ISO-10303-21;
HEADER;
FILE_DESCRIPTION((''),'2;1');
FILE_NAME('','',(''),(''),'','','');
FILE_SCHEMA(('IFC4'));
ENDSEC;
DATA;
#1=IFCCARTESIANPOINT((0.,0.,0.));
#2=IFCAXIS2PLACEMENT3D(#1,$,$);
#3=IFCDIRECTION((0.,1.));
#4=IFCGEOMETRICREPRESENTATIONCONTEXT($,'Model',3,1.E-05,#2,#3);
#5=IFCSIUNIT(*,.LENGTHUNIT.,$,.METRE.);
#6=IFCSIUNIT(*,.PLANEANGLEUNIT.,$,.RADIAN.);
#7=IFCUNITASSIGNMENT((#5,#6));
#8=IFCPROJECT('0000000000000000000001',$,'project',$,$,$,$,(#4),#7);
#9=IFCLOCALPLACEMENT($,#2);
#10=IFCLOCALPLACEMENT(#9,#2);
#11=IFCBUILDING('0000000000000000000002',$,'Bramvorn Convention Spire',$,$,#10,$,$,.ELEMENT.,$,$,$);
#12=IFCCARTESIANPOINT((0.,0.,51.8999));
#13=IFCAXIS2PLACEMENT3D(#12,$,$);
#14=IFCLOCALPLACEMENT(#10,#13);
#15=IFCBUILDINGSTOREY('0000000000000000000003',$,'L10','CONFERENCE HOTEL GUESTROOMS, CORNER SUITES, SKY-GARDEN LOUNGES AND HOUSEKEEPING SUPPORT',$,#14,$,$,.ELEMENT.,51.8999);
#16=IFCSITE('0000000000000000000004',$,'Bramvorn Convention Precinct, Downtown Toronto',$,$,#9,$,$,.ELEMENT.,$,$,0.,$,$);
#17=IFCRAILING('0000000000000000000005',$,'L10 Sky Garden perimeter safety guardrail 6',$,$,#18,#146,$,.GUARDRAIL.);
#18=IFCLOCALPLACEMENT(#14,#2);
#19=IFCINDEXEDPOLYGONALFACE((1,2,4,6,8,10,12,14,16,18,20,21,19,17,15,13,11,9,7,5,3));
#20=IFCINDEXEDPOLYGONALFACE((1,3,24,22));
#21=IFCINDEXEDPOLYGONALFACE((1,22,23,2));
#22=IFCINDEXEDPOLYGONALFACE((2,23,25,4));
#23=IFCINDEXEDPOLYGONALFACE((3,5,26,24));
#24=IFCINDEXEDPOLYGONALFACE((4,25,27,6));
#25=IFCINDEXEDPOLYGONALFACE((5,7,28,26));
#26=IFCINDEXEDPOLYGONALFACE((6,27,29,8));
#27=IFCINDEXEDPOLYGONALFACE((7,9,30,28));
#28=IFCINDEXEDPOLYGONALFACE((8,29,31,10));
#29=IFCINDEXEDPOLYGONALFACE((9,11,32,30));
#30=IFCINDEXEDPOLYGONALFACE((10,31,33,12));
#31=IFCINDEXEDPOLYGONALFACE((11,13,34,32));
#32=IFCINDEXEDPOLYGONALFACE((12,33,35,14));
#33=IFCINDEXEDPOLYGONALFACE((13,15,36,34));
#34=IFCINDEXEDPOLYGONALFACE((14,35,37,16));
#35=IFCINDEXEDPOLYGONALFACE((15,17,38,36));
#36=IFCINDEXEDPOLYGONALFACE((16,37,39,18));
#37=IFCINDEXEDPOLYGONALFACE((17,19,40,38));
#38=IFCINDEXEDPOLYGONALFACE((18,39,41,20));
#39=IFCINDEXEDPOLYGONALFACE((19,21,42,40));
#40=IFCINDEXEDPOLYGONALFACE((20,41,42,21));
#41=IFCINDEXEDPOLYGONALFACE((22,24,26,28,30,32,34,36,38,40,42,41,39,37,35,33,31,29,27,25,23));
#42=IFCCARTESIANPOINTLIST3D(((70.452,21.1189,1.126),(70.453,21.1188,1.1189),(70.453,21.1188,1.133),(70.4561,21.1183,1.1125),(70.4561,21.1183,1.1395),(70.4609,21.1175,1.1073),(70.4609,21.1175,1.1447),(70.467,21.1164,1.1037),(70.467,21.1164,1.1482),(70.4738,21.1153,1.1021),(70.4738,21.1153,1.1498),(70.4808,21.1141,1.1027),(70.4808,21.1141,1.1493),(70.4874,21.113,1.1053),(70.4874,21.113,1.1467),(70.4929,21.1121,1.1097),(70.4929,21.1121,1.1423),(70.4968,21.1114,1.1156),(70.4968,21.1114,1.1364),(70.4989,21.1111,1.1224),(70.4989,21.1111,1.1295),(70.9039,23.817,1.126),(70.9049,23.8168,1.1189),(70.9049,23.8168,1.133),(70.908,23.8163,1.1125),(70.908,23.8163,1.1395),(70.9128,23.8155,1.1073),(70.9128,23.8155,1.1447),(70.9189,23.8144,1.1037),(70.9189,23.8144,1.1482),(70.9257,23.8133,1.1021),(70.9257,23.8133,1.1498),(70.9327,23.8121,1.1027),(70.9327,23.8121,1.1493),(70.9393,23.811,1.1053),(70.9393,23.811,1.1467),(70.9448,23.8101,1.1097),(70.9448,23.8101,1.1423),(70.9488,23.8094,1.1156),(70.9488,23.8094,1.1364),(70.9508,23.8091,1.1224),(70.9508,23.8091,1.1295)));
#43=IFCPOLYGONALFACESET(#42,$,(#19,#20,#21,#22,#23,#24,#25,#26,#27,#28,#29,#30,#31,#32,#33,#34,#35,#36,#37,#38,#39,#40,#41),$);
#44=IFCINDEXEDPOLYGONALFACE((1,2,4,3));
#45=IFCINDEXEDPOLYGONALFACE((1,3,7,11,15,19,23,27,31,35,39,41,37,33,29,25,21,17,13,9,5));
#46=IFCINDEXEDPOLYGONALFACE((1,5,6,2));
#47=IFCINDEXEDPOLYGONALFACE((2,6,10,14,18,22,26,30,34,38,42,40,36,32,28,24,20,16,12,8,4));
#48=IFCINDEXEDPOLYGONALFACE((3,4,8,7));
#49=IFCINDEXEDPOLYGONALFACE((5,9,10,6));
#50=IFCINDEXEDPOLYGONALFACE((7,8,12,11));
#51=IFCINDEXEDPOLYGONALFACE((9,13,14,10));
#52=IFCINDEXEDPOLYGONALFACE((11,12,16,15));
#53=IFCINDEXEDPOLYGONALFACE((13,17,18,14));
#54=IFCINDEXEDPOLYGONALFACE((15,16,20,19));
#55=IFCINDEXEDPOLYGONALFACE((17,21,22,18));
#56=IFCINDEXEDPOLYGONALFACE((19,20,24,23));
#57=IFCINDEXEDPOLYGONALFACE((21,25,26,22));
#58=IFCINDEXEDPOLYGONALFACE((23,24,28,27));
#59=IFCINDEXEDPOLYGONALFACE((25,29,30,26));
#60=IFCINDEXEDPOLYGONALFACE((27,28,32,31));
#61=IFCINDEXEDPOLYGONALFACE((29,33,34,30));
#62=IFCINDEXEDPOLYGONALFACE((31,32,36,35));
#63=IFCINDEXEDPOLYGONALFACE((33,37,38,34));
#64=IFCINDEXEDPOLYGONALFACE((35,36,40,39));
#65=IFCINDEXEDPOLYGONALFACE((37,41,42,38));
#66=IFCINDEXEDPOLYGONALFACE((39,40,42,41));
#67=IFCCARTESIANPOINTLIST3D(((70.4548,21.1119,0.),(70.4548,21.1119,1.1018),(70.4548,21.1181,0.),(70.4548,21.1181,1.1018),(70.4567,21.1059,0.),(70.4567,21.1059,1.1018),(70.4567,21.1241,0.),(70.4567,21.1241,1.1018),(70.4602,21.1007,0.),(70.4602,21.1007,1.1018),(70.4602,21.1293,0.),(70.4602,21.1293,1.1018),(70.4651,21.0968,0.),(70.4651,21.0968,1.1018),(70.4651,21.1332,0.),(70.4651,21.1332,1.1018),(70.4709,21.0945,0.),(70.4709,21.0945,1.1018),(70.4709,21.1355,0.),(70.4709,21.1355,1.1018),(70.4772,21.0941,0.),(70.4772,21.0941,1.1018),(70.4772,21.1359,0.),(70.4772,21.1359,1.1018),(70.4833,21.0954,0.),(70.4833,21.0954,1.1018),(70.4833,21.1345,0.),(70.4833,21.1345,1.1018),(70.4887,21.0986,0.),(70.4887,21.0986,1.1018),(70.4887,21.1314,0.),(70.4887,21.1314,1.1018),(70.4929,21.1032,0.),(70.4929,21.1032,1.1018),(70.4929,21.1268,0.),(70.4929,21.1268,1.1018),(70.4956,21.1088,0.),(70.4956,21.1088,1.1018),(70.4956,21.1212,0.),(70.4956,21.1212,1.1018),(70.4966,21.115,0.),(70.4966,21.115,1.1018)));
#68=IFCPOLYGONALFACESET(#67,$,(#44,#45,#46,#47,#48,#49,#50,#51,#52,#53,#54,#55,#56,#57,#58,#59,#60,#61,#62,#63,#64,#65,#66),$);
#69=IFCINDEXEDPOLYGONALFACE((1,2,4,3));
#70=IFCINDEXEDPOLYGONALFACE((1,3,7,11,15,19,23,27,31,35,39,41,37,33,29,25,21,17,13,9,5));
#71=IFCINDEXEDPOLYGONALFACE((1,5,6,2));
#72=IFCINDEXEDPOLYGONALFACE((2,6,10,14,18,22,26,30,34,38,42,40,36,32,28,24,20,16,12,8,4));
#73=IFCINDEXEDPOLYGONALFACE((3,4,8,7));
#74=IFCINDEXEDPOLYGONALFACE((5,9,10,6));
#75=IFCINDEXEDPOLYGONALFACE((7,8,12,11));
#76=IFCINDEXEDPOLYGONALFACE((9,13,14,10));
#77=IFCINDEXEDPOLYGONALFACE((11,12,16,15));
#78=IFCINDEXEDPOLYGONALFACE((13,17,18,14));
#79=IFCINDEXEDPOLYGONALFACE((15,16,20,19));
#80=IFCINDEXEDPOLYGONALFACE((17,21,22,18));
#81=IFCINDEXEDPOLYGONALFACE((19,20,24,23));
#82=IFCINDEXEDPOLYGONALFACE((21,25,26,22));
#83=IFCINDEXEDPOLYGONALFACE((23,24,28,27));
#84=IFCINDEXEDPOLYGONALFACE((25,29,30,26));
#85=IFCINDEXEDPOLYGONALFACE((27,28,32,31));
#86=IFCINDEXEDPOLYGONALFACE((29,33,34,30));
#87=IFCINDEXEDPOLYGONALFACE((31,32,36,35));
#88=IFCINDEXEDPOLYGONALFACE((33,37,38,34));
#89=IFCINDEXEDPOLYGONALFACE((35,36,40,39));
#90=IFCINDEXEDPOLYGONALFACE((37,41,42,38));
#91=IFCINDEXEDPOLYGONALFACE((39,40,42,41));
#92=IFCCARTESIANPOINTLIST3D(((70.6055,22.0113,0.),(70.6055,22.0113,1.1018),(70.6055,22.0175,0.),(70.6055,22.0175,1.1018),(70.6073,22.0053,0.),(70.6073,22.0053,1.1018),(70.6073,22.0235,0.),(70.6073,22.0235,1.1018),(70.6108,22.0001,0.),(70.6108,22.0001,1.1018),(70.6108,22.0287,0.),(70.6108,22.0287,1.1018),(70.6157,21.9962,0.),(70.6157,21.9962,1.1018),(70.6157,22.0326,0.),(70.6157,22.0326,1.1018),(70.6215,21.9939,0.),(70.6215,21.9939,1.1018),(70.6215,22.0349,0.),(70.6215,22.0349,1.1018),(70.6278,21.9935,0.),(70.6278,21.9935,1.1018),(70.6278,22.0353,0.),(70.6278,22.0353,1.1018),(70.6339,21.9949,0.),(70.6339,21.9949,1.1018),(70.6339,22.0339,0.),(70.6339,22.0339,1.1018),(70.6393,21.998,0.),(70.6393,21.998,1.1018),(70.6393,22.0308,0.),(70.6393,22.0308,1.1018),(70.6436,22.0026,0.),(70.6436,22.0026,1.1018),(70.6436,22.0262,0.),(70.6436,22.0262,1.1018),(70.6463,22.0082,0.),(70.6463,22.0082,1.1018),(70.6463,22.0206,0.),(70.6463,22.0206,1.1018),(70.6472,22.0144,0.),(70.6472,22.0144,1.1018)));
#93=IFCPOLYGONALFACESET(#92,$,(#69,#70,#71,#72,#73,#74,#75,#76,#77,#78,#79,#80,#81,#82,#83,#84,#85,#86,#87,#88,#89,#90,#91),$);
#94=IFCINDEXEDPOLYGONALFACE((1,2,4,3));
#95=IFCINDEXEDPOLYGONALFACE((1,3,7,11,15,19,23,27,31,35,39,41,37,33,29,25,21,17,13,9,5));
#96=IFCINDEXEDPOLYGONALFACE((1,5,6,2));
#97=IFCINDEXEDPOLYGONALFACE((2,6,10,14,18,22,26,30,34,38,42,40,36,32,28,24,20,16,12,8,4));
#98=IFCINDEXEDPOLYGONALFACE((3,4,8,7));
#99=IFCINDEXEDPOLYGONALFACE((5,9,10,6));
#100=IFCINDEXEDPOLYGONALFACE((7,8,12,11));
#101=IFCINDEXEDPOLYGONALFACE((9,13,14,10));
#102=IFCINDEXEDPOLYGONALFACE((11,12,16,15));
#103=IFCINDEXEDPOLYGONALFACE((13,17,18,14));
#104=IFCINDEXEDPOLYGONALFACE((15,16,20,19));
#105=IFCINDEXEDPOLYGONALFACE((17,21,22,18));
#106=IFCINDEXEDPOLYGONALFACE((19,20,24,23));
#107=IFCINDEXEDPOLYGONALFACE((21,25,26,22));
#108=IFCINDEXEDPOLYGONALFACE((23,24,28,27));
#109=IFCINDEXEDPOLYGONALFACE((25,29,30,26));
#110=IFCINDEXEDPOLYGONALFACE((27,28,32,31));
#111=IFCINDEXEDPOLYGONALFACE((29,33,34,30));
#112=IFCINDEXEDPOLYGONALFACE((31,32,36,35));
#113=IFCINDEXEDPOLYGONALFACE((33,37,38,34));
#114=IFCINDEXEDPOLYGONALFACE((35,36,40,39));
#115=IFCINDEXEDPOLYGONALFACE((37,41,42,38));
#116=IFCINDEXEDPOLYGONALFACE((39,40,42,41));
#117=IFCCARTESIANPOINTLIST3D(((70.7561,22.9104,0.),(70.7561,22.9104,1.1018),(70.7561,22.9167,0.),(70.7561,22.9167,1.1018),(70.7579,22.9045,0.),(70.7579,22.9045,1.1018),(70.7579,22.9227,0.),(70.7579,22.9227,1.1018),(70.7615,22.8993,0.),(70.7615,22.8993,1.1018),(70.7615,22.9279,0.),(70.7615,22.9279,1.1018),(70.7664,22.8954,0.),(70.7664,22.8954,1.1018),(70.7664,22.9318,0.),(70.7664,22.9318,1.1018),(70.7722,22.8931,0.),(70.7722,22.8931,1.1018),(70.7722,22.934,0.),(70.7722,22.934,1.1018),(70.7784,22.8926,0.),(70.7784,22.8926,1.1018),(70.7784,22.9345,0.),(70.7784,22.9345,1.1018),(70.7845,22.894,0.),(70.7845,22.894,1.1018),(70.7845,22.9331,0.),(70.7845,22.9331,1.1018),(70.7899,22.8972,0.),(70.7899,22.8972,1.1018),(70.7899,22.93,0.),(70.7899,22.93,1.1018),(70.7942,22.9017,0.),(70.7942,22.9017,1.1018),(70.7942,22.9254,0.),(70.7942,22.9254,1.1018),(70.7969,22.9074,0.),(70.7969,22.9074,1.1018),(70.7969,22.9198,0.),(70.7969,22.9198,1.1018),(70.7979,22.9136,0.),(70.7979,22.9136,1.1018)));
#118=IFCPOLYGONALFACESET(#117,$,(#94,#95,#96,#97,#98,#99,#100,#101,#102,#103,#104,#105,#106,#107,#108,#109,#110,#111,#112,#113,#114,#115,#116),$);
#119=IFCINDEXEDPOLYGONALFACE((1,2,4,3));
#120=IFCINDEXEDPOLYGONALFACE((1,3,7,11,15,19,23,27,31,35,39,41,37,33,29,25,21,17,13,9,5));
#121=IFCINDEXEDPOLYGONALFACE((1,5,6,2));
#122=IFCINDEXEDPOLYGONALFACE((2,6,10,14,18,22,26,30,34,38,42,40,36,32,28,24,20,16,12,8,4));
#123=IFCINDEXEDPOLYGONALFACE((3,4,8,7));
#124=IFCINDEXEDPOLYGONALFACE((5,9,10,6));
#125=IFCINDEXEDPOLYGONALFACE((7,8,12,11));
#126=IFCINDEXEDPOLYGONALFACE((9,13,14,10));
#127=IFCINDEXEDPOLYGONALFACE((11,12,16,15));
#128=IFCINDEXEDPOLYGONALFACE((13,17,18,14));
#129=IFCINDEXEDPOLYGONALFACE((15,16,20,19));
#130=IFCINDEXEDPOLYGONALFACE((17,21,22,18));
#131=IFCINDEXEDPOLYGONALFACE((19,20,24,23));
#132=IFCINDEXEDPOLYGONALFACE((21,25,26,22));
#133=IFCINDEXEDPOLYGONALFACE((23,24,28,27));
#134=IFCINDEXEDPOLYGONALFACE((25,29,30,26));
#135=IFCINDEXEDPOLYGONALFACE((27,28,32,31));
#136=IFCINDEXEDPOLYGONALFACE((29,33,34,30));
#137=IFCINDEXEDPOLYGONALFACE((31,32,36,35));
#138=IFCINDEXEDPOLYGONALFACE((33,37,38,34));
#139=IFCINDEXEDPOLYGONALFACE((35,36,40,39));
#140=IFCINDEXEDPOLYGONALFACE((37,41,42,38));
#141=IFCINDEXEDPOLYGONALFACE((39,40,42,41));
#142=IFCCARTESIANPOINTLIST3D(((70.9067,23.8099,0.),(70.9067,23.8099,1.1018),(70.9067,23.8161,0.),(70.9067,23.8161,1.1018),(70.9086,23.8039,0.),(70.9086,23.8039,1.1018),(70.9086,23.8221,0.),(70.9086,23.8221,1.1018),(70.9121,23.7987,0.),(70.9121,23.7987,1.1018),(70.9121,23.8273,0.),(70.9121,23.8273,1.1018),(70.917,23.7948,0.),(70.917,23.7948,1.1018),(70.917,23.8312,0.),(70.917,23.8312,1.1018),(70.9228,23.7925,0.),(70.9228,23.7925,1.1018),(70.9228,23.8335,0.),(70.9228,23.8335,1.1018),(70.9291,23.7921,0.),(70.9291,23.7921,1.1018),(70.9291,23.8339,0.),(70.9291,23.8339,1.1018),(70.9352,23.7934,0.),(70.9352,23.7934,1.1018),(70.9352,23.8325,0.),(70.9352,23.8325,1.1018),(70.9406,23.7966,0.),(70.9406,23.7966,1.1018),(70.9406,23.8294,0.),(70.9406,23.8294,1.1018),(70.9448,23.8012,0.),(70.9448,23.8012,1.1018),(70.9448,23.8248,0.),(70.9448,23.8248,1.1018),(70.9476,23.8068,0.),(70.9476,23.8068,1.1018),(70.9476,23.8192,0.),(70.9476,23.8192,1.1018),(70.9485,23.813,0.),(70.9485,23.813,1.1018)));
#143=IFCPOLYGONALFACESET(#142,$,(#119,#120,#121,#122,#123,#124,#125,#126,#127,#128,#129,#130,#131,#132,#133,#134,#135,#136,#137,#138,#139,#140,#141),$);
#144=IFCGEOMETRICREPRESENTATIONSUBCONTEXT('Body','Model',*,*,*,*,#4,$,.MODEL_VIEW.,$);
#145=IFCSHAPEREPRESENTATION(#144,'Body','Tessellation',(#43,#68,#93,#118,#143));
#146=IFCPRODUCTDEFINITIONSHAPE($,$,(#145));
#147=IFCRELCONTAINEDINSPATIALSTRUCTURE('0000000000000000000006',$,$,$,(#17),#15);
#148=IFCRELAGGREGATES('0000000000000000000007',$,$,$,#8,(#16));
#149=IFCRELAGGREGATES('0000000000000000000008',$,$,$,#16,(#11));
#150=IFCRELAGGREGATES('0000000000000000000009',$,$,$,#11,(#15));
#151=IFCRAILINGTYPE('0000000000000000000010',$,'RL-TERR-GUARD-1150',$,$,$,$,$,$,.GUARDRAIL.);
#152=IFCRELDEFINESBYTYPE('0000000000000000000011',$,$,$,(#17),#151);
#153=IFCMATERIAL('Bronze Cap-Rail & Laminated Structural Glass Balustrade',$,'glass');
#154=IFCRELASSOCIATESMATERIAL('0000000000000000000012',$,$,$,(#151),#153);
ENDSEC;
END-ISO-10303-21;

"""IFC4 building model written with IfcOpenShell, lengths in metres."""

from ifc_helpers import new_model, si_unit, direction, frame, origin, origin_2d, place, context, subcontext, project, spatial, circle, extrude, material, type_object, element, save


model = new_model("IFC4")

# Units and contexts
model_context = context("Model", 3, precision=1e-05, world=origin(), true_north=direction((0.0, 1.0)))
body_context = subcontext(model_context, "Body", "Model", "MODEL_VIEW")
ifc_project = project(units=[si_unit("LENGTHUNIT", "METRE"), si_unit("PLANEANGLEUNIT", "RADIAN")], contexts=[model_context])

# Site, building, storey
site_placement = place(None, origin())
site = spatial("IfcSite", under=ifc_project, at=site_placement, Name="Bramvorn Convention Precinct, Downtown Toronto", CompositionType="ELEMENT", RefElevation=0.0)
building_placement = place(site_placement, origin())
building = spatial("IfcBuilding", under=site, at=building_placement, Name="Bramvorn Convention Spire", CompositionType="ELEMENT")
storey_placement = place(building_placement, frame((0.0, 0.0, 51.8999)))
storey = spatial("IfcBuildingStorey", under=building, at=storey_placement, Name="L10", Description="CONFERENCE HOTEL GUESTROOMS, CORNER SUITES, SKY-GARDEN LOUNGES AND HOUSEKEEPING SUPPORT", CompositionType="ELEMENT", Elevation=51.8999)

# Railing
ifc_material_1 = material(Name="Bronze Cap-Rail & Laminated Structural Glass Balustrade", Category="glass")
railing_type = type_object("IfcRailingType", Name="RL-TERR-GUARD-1150", PredefinedType="GUARDRAIL", material=ifc_material_1)
railing_1_placement = place(storey_placement, frame((70.4756, 21.115, 0.0)))
element("IfcRailing", 1, at=railing_1_placement, inside=storey, type_object=railing_type, Name="L10 Sky Garden perimeter safety guardrail 6", PredefinedType="GUARDRAIL", context=body_context, shape_type="SweptSolid", body=[
    extrude(circle(Radius=0.0239, at=origin_2d()), frame((0.0, 0.0, 1.126), z_axis=(0.165195, 0.986261, 0.0), x_axis=(-0.986261, 0.165195, 0.0)), (0.0, 0.0, 1.0), 2.7356),
    extrude(circle(Radius=0.021, at=origin_2d()), origin(), (0.0, 0.0, 1.0), 1.1018),
    extrude(circle(Radius=0.021, at=origin_2d()), frame((0.1506, 0.8994, 0.0)), (0.0, 0.0, 1.0), 1.1018),
    extrude(circle(Radius=0.021, at=origin_2d()), frame((0.3013, 1.7986, 0.0)), (0.0, 0.0, 1.0), 1.1018),
    extrude(circle(Radius=0.021, at=origin_2d()), frame((0.4519, 2.698, 0.0)), (0.0, 0.0, 1.0), 1.1018),
])

save(model, "model.ifc")
